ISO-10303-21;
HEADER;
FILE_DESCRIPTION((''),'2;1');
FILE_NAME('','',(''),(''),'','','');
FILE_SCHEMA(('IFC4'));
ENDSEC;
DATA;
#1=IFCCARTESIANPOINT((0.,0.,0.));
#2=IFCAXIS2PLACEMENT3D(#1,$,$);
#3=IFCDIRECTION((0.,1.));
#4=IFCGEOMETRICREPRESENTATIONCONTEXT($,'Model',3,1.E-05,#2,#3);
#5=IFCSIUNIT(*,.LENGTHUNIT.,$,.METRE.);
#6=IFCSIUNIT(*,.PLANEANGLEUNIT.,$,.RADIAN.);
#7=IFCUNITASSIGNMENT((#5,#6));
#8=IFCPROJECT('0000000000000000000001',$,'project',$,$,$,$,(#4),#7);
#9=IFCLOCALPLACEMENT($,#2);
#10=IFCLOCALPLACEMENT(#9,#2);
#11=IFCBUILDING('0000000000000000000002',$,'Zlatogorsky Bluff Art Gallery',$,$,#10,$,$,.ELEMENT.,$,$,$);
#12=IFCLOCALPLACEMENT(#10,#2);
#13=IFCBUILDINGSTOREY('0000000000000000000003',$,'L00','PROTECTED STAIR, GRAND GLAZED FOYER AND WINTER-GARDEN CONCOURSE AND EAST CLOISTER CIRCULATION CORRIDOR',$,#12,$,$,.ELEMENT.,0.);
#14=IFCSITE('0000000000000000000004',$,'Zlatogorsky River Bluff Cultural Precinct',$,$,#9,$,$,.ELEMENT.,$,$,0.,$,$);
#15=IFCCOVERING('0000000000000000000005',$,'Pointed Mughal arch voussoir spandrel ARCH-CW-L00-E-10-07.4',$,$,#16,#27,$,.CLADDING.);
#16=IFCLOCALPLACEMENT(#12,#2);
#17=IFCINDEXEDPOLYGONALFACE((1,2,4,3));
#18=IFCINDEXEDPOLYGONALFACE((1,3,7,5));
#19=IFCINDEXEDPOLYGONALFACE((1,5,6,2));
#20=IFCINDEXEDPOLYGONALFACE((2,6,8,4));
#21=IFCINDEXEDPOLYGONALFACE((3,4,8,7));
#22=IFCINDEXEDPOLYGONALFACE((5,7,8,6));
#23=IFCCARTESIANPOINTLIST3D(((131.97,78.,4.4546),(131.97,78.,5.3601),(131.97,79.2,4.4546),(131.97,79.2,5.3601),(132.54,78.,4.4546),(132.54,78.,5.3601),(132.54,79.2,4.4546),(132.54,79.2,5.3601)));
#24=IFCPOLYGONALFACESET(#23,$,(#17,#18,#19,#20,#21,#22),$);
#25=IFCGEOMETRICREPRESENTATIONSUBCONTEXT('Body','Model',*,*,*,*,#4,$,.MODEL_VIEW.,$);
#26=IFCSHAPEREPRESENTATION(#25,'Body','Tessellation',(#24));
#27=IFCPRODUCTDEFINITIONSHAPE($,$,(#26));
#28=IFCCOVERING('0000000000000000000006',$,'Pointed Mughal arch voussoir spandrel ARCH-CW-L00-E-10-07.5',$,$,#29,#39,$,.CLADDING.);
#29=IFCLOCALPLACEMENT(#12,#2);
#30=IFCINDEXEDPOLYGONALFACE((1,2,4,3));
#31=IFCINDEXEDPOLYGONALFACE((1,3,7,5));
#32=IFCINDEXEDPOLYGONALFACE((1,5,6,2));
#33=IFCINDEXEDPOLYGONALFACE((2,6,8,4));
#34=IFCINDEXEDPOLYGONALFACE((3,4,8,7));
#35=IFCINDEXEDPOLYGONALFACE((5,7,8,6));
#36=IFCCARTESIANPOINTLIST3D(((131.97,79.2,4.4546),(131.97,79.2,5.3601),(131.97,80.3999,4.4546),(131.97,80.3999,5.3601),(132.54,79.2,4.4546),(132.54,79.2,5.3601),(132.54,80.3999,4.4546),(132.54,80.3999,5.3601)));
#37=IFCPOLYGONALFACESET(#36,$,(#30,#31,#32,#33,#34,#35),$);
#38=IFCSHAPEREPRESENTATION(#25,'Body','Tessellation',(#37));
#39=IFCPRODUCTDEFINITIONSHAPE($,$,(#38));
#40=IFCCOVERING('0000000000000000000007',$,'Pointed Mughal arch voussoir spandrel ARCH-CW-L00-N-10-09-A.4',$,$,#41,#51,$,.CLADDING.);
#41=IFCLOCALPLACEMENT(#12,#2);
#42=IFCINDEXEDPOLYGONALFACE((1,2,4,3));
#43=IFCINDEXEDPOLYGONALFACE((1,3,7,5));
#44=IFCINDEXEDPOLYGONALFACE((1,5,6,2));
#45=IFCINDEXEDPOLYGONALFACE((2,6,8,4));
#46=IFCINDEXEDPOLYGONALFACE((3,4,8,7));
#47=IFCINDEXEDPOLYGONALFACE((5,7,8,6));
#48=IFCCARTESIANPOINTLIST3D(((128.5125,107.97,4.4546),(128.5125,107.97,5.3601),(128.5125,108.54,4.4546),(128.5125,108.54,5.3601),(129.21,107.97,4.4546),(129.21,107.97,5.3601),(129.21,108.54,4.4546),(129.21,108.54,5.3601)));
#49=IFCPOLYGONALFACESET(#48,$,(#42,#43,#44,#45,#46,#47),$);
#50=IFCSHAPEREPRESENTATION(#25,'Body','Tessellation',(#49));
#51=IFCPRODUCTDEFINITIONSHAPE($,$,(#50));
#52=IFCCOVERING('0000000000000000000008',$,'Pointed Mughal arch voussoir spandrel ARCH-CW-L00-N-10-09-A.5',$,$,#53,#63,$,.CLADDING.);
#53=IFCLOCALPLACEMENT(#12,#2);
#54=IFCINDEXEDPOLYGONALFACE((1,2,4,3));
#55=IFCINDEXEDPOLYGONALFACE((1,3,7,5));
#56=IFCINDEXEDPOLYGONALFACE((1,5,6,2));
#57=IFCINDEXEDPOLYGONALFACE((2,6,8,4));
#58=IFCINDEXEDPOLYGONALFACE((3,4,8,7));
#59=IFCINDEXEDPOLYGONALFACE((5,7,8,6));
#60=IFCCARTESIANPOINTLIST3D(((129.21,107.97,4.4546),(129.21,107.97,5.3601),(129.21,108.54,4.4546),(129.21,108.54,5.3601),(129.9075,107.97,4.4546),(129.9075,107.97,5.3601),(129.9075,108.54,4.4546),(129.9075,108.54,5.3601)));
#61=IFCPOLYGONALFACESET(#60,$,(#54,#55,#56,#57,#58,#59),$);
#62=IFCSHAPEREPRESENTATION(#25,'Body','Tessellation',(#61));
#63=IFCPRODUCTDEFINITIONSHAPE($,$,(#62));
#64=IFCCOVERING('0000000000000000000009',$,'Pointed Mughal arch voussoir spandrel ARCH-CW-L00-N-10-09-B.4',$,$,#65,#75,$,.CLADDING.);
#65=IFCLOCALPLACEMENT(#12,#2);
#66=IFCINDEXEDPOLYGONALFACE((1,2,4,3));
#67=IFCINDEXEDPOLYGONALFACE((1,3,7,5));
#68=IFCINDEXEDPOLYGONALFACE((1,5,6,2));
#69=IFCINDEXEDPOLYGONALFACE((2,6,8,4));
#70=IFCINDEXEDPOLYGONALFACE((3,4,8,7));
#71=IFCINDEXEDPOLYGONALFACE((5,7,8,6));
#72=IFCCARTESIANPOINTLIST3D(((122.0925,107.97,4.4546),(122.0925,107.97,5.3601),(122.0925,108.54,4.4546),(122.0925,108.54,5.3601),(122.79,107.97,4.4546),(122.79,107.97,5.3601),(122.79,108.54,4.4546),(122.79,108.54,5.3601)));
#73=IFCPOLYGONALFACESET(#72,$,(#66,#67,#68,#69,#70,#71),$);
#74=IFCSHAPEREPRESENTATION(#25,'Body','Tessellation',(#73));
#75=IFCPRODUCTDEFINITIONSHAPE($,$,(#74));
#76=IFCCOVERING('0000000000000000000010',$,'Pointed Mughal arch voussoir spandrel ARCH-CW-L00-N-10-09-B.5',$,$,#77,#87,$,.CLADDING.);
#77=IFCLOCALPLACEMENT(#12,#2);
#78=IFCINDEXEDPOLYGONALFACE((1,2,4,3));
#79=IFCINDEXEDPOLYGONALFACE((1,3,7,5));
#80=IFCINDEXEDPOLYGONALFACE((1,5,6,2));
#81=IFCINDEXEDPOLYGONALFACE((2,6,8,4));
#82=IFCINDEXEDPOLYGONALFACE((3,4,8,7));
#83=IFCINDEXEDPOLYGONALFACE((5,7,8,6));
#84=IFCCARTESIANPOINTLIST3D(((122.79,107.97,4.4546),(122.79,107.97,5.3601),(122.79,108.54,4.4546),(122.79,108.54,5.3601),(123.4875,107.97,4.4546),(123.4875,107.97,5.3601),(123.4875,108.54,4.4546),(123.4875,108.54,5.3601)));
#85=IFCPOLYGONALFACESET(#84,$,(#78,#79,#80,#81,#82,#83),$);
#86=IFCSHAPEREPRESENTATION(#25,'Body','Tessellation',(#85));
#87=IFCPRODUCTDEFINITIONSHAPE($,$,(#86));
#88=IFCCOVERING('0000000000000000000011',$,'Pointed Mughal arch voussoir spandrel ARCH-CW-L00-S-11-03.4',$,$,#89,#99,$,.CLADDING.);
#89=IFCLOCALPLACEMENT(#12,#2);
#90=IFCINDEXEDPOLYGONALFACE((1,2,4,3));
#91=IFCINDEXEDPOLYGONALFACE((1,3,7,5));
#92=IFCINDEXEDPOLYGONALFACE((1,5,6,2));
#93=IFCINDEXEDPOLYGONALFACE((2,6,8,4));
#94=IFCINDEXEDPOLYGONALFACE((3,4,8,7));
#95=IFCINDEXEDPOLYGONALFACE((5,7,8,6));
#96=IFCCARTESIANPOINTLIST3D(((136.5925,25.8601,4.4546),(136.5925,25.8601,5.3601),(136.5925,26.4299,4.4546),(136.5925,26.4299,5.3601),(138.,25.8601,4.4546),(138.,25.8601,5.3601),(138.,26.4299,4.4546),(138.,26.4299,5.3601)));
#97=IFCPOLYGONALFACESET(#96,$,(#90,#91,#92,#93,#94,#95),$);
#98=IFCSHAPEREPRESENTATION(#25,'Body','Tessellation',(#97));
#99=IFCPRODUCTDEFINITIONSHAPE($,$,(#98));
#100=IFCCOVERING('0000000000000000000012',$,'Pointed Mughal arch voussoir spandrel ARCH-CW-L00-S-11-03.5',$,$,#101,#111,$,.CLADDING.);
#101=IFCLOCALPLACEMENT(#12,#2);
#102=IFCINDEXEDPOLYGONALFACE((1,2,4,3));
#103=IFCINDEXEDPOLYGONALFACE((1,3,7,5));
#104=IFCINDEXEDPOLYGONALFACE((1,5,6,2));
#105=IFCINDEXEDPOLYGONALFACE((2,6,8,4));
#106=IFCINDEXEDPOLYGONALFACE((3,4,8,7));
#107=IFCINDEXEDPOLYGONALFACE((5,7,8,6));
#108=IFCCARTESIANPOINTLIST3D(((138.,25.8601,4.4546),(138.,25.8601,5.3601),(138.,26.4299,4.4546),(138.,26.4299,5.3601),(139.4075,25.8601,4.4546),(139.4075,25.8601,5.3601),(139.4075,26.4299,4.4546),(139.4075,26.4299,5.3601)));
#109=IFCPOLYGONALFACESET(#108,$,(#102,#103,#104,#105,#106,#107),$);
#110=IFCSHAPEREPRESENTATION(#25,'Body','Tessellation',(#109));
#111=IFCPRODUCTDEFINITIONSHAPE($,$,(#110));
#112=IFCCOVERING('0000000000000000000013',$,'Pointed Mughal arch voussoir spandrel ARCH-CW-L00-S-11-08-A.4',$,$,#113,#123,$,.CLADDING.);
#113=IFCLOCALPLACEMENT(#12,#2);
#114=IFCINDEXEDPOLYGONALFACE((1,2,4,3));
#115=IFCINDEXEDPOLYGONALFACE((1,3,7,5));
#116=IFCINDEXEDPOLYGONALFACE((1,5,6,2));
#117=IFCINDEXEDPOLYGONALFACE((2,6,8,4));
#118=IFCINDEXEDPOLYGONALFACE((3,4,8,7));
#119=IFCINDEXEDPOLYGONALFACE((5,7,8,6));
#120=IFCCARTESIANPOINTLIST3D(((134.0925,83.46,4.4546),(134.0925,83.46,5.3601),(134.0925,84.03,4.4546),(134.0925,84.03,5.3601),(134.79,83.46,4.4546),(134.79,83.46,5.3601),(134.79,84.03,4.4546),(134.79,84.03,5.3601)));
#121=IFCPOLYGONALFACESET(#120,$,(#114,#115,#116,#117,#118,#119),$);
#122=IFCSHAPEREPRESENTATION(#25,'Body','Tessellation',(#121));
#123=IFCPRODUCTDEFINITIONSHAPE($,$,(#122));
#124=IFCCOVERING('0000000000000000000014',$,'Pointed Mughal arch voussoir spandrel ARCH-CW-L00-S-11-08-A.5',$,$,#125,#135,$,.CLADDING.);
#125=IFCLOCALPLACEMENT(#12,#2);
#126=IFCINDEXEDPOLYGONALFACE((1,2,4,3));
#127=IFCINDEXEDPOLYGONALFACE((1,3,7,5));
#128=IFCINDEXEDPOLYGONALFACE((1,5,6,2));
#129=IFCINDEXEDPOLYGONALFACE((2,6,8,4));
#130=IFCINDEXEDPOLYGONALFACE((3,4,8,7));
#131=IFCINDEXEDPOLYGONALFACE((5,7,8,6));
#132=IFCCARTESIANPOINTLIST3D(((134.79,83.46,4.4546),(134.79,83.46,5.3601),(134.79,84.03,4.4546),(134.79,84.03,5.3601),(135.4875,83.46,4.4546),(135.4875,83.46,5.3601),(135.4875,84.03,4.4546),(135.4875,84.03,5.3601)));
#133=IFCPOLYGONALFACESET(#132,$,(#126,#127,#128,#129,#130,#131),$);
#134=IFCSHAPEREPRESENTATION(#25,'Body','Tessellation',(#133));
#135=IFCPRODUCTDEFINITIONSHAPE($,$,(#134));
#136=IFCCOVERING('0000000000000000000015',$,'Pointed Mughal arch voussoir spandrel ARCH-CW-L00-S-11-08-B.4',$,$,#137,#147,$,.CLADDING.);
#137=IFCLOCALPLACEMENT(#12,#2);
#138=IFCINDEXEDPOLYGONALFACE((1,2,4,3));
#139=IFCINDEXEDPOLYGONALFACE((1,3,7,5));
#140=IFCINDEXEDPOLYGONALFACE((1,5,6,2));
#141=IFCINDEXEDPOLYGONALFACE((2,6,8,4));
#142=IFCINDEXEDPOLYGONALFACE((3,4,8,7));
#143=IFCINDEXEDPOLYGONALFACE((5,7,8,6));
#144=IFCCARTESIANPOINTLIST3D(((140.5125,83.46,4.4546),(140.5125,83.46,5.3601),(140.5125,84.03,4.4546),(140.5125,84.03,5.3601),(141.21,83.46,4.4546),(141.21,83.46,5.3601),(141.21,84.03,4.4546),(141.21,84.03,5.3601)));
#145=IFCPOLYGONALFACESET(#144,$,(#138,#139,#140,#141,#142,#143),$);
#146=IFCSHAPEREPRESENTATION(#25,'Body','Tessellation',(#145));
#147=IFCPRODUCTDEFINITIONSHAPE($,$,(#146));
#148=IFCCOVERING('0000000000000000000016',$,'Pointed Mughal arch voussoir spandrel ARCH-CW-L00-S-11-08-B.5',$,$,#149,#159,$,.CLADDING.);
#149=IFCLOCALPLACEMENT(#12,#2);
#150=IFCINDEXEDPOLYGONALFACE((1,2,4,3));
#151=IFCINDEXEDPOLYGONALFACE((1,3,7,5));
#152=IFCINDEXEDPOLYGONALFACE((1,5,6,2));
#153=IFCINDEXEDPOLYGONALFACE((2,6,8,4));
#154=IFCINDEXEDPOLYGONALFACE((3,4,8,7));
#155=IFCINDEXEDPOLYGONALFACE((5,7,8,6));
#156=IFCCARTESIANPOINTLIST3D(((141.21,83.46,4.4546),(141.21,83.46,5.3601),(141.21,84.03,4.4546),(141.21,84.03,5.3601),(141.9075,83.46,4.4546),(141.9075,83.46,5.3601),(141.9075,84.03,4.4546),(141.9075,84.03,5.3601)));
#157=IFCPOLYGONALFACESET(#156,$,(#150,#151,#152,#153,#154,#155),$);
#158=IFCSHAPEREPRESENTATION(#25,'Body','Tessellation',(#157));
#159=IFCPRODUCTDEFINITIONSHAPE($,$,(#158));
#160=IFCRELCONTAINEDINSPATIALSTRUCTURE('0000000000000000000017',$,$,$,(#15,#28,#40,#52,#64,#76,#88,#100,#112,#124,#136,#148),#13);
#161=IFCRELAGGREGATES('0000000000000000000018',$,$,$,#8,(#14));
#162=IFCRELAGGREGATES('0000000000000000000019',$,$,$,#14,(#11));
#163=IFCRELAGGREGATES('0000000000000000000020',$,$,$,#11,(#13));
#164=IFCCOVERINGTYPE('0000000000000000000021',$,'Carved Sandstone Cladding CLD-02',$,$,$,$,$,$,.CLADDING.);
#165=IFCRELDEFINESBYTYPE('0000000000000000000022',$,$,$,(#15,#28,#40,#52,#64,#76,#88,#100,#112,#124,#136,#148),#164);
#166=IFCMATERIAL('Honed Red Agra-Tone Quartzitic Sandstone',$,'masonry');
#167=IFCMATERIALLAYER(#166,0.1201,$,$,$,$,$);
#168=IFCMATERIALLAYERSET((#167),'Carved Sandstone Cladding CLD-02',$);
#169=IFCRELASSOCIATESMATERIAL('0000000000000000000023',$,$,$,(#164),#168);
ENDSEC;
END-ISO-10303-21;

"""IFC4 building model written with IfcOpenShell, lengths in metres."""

from ifc_helpers import new_model, si_unit, direction, frame, origin, place, context, subcontext, project, spatial, polyline, outline, extrude, material, layer, layer_set, type_object, element, save


model = new_model("IFC4")

# Units and contexts
model_context = context("Model", 3, precision=1e-05, world=origin(), true_north=direction((0.0, 1.0)))
body_context = subcontext(model_context, "Body", "Model", "MODEL_VIEW")
ifc_project = project(units=[si_unit("LENGTHUNIT", "METRE"), si_unit("PLANEANGLEUNIT", "RADIAN")], contexts=[model_context])

# Site, building, storey
site_placement = place(None, origin())
site = spatial("IfcSite", under=ifc_project, at=site_placement, Name="Zlatogorsky River Bluff Cultural Precinct", CompositionType="ELEMENT", RefElevation=0.0)
building_placement = place(site_placement, origin())
building = spatial("IfcBuilding", under=site, at=building_placement, Name="Zlatogorsky Bluff Art Gallery", CompositionType="ELEMENT")
storey_placement = place(building_placement, origin())
storey = spatial("IfcBuildingStorey", under=building, at=storey_placement, Name="L00", Description="PROTECTED STAIR, GRAND GLAZED FOYER AND WINTER-GARDEN CONCOURSE AND EAST CLOISTER CIRCULATION CORRIDOR", CompositionType="ELEMENT", Elevation=0.0)

# Coverings
ifc_material = material(Name="Honed Red Agra-Tone Quartzitic Sandstone", Category="masonry")
ifc_layer = layer(ifc_material, 0.1201)
ifc_layer_set = layer_set([ifc_layer], Name="Carved Sandstone Cladding CLD-02")
covering_type = type_object("IfcCoveringType", Name="Carved Sandstone Cladding CLD-02", PredefinedType="CLADDING", material=ifc_layer_set)
covering_1_placement = place(storey_placement, frame((0.0, 0.0, 4.4546)))
element("IfcCovering", 1, at=covering_1_placement, inside=storey, type_object=covering_type, Name="Pointed Mughal arch voussoir spandrel ARCH-CW-L00-E-10-07.4", PredefinedType="CLADDING", context=body_context, shape_type="SweptSolid", body=[
    extrude(outline(polyline([(131.97, 78.0), (131.97, 79.2), (132.54, 79.2), (132.54, 78.0), (131.97, 78.0)])), origin(), (0.0, 0.0, 1.0), 0.9055),
])
covering_2_placement = place(storey_placement, frame((0.0, 0.0, 4.4546)))
element("IfcCovering", 2, at=covering_2_placement, inside=storey, type_object=covering_type, Name="Pointed Mughal arch voussoir spandrel ARCH-CW-L00-E-10-07.5", PredefinedType="CLADDING", context=body_context, shape_type="SweptSolid", body=[
    extrude(outline(polyline([(131.97, 79.2), (131.97, 80.3999), (132.54, 80.3999), (132.54, 79.2), (131.97, 79.2)])), origin(), (0.0, 0.0, 1.0), 0.9055),
])
covering_3_placement = place(storey_placement, frame((0.0, 0.0, 4.4546)))
element("IfcCovering", 3, at=covering_3_placement, inside=storey, type_object=covering_type, Name="Pointed Mughal arch voussoir spandrel ARCH-CW-L00-N-10-09-A.4", PredefinedType="CLADDING", context=body_context, shape_type="SweptSolid", body=[
    extrude(outline(polyline([(128.5125, 107.97), (129.21, 107.97), (129.21, 108.54), (128.5125, 108.54), (128.5125, 107.97)])), origin(), (0.0, 0.0, 1.0), 0.9055),
])
covering_4_placement = place(storey_placement, frame((0.0, 0.0, 4.4546)))
element("IfcCovering", 4, at=covering_4_placement, inside=storey, type_object=covering_type, Name="Pointed Mughal arch voussoir spandrel ARCH-CW-L00-N-10-09-A.5", PredefinedType="CLADDING", context=body_context, shape_type="SweptSolid", body=[
    extrude(outline(polyline([(129.21, 107.97), (129.9075, 107.97), (129.9075, 108.54), (129.21, 108.54), (129.21, 107.97)])), origin(), (0.0, 0.0, 1.0), 0.9055),
])
covering_5_placement = place(storey_placement, frame((0.0, 0.0, 4.4546)))
element("IfcCovering", 5, at=covering_5_placement, inside=storey, type_object=covering_type, Name="Pointed Mughal arch voussoir spandrel ARCH-CW-L00-N-10-09-B.4", PredefinedType="CLADDING", context=body_context, shape_type="SweptSolid", body=[
    extrude(outline(polyline([(122.0925, 107.97), (122.79, 107.97), (122.79, 108.54), (122.0925, 108.54), (122.0925, 107.97)])), origin(), (0.0, 0.0, 1.0), 0.9055),
])
covering_6_placement = place(storey_placement, frame((0.0, 0.0, 4.4546)))
element("IfcCovering", 6, at=covering_6_placement, inside=storey, type_object=covering_type, Name="Pointed Mughal arch voussoir spandrel ARCH-CW-L00-N-10-09-B.5", PredefinedType="CLADDING", context=body_context, shape_type="SweptSolid", body=[
    extrude(outline(polyline([(122.79, 107.97), (123.4875, 107.97), (123.4875, 108.54), (122.79, 108.54), (122.79, 107.97)])), origin(), (0.0, 0.0, 1.0), 0.9055),
])
covering_7_placement = place(storey_placement, frame((0.0, 0.0, 4.4546)))
element("IfcCovering", 7, at=covering_7_placement, inside=storey, type_object=covering_type, Name="Pointed Mughal arch voussoir spandrel ARCH-CW-L00-S-11-03.4", PredefinedType="CLADDING", context=body_context, shape_type="SweptSolid", body=[
    extrude(outline(polyline([(136.5925, 25.8601), (138.0, 25.8601), (138.0, 26.4299), (136.5925, 26.4299), (136.5925, 25.8601)])), origin(), (0.0, 0.0, 1.0), 0.9055),
])
covering_8_placement = place(storey_placement, frame((0.0, 0.0, 4.4546)))
element("IfcCovering", 8, at=covering_8_placement, inside=storey, type_object=covering_type, Name="Pointed Mughal arch voussoir spandrel ARCH-CW-L00-S-11-03.5", PredefinedType="CLADDING", context=body_context, shape_type="SweptSolid", body=[
    extrude(outline(polyline([(138.0, 25.8601), (139.4075, 25.8601), (139.4075, 26.4299), (138.0, 26.4299), (138.0, 25.8601)])), origin(), (0.0, 0.0, 1.0), 0.9055),
])
covering_9_placement = place(storey_placement, frame((0.0, 0.0, 4.4546)))
element("IfcCovering", 9, at=covering_9_placement, inside=storey, type_object=covering_type, Name="Pointed Mughal arch voussoir spandrel ARCH-CW-L00-S-11-08-A.4", PredefinedType="CLADDING", context=body_context, shape_type="SweptSolid", body=[
    extrude(outline(polyline([(134.0925, 83.46), (134.79, 83.46), (134.79, 84.03), (134.0925, 84.03), (134.0925, 83.46)])), origin(), (0.0, 0.0, 1.0), 0.9055),
])
covering_10_placement = place(storey_placement, frame((0.0, 0.0, 4.4546)))
element("IfcCovering", 10, at=covering_10_placement, inside=storey, type_object=covering_type, Name="Pointed Mughal arch voussoir spandrel ARCH-CW-L00-S-11-08-A.5", PredefinedType="CLADDING", context=body_context, shape_type="SweptSolid", body=[
    extrude(outline(polyline([(134.79, 83.46), (135.4875, 83.46), (135.4875, 84.03), (134.79, 84.03), (134.79, 83.46)])), origin(), (0.0, 0.0, 1.0), 0.9055),
])
covering_11_placement = place(storey_placement, frame((0.0, 0.0, 4.4546)))
element("IfcCovering", 11, at=covering_11_placement, inside=storey, type_object=covering_type, Name="Pointed Mughal arch voussoir spandrel ARCH-CW-L00-S-11-08-B.4", PredefinedType="CLADDING", context=body_context, shape_type="SweptSolid", body=[
    extrude(outline(polyline([(140.5125, 83.46), (141.21, 83.46), (141.21, 84.03), (140.5125, 84.03), (140.5125, 83.46)])), origin(), (0.0, 0.0, 1.0), 0.9055),
])
covering_12_placement = place(storey_placement, frame((0.0, 0.0, 4.4546)))
element("IfcCovering", 12, at=covering_12_placement, inside=storey, type_object=covering_type, Name="Pointed Mughal arch voussoir spandrel ARCH-CW-L00-S-11-08-B.5", PredefinedType="CLADDING", context=body_context, shape_type="SweptSolid", body=[
    extrude(outline(polyline([(141.21, 83.46), (141.9075, 83.46), (141.9075, 84.03), (141.21, 84.03), (141.21, 83.46)])), origin(), (0.0, 0.0, 1.0), 0.9055),
])

save(model, "model.ifc")
